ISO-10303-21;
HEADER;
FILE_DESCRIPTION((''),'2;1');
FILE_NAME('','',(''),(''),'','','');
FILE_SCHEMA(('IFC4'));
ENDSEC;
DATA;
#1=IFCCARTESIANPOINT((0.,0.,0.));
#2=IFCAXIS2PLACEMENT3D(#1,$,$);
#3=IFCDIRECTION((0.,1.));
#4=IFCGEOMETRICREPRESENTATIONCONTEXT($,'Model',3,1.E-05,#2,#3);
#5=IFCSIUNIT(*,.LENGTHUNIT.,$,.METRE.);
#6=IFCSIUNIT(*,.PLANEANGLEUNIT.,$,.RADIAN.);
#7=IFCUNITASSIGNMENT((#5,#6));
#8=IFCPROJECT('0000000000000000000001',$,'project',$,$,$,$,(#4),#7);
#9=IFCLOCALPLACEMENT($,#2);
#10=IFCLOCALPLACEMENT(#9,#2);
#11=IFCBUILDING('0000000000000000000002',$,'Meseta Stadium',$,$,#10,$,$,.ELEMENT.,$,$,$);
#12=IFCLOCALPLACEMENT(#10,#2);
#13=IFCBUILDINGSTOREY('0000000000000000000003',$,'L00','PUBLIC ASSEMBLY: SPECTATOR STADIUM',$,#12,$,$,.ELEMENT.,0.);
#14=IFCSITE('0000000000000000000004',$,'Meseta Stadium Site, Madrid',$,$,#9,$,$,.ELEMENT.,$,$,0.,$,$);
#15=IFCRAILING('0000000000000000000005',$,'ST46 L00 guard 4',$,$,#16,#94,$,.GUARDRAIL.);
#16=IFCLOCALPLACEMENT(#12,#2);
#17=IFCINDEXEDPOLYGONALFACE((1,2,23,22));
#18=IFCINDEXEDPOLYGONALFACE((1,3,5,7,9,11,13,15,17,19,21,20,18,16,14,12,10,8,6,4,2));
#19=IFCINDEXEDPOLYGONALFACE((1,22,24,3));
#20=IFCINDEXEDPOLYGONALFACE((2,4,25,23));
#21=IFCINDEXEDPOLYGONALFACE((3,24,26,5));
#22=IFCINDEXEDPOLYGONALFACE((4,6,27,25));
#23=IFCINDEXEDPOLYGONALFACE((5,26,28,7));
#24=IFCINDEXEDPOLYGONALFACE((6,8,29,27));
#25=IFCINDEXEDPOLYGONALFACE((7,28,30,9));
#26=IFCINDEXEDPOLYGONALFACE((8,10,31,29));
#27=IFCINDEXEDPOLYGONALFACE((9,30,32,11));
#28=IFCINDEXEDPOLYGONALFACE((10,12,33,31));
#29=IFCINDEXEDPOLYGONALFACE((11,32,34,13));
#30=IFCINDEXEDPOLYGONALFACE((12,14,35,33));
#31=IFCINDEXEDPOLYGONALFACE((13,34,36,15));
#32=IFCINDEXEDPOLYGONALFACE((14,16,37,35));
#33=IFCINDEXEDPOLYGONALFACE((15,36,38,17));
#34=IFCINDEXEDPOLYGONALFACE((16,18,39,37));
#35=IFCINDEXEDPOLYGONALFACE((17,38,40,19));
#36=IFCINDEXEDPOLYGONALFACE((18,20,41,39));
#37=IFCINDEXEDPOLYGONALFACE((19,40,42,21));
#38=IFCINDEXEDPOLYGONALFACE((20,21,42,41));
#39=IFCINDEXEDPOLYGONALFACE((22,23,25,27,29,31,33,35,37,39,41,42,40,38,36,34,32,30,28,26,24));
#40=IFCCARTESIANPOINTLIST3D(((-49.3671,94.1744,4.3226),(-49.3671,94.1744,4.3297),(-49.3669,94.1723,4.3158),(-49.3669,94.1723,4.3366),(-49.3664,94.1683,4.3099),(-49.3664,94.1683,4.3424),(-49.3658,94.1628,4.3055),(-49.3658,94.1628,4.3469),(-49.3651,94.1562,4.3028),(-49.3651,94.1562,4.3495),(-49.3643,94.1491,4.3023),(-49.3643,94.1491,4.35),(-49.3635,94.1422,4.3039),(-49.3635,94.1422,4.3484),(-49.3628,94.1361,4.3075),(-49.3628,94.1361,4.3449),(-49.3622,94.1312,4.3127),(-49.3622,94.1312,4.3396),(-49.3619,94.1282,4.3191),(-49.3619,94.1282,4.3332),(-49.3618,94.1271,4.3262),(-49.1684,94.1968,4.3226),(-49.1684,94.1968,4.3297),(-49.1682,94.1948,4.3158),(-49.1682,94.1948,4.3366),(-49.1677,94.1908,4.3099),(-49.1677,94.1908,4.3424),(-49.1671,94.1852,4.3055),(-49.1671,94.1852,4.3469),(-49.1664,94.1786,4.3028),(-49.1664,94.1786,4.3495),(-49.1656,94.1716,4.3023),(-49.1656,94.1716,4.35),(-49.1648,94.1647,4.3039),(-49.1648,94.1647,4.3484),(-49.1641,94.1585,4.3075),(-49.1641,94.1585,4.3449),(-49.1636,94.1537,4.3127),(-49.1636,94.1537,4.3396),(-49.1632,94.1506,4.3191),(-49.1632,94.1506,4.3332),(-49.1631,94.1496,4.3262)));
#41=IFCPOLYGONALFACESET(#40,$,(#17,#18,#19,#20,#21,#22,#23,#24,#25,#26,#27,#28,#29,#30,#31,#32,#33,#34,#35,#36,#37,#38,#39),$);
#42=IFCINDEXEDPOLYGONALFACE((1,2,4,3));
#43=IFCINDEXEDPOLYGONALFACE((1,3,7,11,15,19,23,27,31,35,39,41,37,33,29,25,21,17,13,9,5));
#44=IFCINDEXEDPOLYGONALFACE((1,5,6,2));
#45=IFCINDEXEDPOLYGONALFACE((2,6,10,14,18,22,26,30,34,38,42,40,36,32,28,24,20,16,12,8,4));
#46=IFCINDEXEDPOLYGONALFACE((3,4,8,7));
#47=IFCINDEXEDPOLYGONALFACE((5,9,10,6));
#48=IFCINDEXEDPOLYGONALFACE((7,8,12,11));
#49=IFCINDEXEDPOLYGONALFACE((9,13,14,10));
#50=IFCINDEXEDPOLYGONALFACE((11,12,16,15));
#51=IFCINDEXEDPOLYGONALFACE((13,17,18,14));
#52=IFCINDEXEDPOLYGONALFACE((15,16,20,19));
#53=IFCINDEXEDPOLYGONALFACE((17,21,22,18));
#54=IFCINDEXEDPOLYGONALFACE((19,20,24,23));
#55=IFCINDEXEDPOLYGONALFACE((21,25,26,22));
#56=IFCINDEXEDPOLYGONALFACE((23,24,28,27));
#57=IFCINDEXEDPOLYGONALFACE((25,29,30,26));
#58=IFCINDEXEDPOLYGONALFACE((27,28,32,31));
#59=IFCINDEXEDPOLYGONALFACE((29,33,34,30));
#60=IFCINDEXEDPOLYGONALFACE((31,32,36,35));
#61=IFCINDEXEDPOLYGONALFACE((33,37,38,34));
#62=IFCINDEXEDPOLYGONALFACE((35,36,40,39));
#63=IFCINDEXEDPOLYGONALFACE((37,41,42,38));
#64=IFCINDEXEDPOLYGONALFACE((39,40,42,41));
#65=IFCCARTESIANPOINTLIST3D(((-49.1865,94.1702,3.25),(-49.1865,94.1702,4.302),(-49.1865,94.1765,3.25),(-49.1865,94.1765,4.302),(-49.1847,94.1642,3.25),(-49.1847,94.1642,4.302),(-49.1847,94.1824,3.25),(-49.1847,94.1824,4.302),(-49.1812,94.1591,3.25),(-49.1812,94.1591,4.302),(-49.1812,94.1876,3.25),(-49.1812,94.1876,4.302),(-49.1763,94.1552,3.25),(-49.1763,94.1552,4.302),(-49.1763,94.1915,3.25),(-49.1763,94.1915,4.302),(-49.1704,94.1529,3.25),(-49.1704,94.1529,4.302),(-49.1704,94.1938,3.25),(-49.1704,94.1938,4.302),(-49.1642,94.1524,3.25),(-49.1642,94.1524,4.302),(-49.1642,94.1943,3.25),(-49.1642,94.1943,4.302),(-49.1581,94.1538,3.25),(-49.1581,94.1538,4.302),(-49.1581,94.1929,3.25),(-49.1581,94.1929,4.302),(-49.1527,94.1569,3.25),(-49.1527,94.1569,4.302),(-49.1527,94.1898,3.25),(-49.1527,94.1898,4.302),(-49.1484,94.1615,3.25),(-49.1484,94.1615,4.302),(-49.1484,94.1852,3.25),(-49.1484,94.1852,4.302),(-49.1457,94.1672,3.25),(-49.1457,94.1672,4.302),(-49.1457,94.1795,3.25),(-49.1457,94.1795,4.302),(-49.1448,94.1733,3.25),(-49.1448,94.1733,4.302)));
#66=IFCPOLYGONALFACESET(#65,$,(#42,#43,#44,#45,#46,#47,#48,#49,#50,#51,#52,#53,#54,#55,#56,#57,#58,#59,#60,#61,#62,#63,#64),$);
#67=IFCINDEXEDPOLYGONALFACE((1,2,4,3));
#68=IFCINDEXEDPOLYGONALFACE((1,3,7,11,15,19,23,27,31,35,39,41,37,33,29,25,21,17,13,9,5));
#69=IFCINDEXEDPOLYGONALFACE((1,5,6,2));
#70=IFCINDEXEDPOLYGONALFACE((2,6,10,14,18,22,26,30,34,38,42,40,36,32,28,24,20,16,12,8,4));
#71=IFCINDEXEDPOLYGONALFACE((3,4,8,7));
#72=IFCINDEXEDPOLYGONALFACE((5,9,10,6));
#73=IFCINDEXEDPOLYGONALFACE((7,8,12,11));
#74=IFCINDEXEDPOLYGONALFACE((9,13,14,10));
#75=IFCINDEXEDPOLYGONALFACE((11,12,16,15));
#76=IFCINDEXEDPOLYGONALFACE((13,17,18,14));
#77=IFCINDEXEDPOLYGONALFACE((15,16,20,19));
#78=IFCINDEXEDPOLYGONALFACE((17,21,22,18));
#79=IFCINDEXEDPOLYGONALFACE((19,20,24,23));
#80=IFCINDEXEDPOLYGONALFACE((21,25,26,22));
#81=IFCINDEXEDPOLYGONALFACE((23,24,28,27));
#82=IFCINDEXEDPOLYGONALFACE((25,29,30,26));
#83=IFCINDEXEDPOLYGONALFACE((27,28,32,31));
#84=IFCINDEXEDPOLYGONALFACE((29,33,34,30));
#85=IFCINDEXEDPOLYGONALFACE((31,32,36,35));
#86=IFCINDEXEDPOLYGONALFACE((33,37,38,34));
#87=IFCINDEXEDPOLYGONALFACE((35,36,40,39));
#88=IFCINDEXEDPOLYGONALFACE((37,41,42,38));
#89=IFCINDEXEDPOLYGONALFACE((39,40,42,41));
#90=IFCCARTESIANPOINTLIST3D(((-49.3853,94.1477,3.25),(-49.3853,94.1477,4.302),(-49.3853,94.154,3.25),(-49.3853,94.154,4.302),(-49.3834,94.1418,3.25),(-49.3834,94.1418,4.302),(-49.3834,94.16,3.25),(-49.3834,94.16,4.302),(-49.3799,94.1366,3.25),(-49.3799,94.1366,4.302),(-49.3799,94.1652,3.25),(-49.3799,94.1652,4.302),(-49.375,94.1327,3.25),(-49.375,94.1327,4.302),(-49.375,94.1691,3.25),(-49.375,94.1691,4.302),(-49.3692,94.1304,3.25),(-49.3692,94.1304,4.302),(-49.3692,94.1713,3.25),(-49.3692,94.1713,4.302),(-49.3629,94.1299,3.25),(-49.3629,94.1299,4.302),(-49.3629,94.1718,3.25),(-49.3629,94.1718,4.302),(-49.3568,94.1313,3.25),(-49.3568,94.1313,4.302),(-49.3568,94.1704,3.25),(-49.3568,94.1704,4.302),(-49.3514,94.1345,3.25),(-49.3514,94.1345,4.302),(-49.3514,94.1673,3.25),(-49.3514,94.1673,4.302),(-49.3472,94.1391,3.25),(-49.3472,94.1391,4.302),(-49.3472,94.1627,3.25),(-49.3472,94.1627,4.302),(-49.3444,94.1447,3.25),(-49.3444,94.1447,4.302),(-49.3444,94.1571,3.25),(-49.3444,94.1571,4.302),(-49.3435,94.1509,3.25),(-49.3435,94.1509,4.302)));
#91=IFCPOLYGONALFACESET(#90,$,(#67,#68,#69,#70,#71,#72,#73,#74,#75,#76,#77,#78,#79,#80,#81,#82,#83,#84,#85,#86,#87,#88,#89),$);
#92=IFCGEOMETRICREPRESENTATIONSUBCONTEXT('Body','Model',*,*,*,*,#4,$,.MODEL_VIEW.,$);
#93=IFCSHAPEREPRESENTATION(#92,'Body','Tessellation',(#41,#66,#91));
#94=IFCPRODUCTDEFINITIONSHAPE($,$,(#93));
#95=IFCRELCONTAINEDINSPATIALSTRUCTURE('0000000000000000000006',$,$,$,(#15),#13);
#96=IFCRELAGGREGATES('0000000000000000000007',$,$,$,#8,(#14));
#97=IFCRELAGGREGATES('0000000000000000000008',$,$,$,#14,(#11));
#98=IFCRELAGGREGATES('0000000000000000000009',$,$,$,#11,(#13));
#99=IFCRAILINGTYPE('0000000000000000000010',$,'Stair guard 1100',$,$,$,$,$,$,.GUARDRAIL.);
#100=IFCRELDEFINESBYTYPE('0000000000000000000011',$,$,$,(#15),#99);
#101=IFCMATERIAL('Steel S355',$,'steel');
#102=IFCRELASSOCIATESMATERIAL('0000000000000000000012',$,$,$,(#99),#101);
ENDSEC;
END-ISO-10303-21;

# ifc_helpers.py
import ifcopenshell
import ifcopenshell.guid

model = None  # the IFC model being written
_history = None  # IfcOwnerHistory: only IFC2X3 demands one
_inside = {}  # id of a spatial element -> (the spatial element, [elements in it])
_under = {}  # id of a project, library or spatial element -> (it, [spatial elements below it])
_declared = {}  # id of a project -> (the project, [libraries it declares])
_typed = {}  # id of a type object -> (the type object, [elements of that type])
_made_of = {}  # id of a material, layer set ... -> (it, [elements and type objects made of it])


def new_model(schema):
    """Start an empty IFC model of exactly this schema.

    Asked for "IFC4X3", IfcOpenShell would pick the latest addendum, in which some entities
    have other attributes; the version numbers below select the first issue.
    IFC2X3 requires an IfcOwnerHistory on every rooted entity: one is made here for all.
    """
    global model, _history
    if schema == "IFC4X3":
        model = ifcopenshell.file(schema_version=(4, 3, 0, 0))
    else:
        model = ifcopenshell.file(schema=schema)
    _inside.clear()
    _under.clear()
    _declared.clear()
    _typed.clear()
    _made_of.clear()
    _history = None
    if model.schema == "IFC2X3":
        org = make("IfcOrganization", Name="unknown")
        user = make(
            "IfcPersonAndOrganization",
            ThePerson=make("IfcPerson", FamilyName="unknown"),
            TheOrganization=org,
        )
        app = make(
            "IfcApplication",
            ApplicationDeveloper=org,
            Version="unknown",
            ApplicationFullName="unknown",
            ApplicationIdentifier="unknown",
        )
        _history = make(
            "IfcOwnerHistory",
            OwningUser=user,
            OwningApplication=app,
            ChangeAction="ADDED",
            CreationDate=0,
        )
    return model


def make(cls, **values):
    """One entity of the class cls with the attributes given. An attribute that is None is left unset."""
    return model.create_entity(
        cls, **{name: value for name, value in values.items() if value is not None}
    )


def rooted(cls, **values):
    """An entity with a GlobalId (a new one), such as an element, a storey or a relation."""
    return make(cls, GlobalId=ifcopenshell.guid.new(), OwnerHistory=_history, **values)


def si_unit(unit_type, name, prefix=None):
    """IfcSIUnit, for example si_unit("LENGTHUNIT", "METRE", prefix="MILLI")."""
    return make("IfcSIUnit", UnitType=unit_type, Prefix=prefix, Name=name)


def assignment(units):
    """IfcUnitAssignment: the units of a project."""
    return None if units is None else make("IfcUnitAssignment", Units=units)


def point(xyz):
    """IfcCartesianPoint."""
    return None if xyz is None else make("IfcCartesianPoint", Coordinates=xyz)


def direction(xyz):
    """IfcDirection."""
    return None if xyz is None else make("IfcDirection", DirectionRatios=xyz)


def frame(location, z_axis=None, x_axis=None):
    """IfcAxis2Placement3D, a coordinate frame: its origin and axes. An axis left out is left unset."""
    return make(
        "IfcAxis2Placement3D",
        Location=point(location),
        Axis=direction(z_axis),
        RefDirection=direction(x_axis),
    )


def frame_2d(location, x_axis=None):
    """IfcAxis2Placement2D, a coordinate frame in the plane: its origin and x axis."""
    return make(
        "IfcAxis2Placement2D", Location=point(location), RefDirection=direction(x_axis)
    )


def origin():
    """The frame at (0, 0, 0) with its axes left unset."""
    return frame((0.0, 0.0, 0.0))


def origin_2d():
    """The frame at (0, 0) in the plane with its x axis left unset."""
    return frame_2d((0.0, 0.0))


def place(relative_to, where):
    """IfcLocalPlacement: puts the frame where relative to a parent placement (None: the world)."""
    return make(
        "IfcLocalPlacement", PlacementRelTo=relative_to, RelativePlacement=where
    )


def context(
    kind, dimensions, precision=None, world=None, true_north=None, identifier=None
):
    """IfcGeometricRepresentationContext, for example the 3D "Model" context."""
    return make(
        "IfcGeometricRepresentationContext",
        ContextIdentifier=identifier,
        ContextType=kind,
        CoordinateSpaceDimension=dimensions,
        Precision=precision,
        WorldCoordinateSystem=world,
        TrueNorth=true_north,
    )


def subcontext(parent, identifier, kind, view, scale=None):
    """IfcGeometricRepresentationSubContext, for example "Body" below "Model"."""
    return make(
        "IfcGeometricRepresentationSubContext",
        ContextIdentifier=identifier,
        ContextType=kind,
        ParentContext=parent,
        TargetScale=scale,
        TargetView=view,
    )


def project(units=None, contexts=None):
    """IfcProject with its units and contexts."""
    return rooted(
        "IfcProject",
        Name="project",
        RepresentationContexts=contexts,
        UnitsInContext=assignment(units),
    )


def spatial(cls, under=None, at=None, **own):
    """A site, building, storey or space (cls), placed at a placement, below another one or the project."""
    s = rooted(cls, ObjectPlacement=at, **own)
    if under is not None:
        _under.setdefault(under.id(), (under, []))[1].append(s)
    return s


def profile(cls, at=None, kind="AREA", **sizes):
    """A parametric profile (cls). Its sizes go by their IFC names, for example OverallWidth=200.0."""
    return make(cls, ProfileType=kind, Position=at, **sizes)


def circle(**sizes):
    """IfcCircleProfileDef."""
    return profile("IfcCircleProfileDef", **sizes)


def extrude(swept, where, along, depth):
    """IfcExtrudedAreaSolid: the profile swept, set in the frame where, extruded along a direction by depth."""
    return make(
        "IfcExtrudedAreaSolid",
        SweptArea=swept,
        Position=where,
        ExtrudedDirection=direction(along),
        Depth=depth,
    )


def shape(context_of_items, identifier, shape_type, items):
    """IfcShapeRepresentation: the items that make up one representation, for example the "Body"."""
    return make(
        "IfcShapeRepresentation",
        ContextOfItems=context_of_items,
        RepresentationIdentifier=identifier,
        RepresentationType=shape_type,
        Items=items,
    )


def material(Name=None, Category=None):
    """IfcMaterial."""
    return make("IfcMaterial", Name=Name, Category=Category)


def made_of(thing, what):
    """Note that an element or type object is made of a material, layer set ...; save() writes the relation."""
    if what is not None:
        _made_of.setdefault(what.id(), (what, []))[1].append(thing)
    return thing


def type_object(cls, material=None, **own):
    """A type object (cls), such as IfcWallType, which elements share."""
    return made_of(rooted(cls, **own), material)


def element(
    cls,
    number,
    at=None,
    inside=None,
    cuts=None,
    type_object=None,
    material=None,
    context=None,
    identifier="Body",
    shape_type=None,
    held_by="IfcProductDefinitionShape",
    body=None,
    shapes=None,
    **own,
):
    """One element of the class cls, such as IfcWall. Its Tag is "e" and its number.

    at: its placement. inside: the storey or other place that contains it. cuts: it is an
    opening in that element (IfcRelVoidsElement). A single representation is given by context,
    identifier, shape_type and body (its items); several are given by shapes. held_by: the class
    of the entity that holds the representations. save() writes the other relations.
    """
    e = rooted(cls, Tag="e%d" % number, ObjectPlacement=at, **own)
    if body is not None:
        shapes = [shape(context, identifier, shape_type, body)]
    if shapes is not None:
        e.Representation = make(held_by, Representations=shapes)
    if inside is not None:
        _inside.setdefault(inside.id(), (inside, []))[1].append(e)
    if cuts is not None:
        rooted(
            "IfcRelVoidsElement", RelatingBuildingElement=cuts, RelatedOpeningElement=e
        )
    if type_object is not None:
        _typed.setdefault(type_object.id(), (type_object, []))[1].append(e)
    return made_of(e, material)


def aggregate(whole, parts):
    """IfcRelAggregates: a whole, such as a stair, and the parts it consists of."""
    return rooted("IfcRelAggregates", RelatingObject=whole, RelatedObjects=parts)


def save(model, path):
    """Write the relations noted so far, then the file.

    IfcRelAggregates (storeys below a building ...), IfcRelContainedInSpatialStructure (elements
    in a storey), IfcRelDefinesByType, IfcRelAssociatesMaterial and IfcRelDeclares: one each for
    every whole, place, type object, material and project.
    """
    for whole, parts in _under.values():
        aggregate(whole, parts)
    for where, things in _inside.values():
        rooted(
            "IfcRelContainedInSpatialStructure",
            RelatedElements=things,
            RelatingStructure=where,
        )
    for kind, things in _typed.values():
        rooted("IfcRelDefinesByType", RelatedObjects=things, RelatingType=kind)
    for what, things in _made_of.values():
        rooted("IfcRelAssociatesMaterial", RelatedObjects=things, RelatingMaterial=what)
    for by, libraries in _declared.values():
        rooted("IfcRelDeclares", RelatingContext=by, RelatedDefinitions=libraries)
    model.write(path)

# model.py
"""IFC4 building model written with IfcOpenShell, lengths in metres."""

from ifc_helpers import new_model, si_unit, direction, frame, origin, origin_2d, place, context, subcontext, project, spatial, circle, extrude, material, type_object, element, save


model = new_model("IFC4")

# Units and contexts
model_context = context("Model", 3, precision=1e-05, world=origin(), true_north=direction((0.0, 1.0)))
body_context = subcontext(model_context, "Body", "Model", "MODEL_VIEW")
ifc_project = project(units=[si_unit("LENGTHUNIT", "METRE"), si_unit("PLANEANGLEUNIT", "RADIAN")], contexts=[model_context])

# Site, building, storey
site_placement = place(None, origin())
site = spatial("IfcSite", under=ifc_project, at=site_placement, Name="Meseta Stadium Site, Madrid", CompositionType="ELEMENT", RefElevation=0.0)
building_placement = place(site_placement, origin())
building = spatial("IfcBuilding", under=site, at=building_placement, Name="Meseta Stadium", CompositionType="ELEMENT")
storey_placement = place(building_placement, origin())
storey = spatial("IfcBuildingStorey", under=building, at=storey_placement, Name="L00", Description="PUBLIC ASSEMBLY: SPECTATOR STADIUM", CompositionType="ELEMENT", Elevation=0.0)

# Railing
ifc_material_1 = material(Name="Steel S355", Category="steel")
railing_type_1 = type_object("IfcRailingType", Name="Stair guard 1100", PredefinedType="GUARDRAIL", material=ifc_material_1)
railing_1_placement = place(storey_placement, frame((-49.1658, 94.1733, 3.25)))
element("IfcRailing", 1, at=railing_1_placement, inside=storey, type_object=railing_type_1, Name="ST46 L00 guard 4", PredefinedType="GUARDRAIL", context=body_context, shape_type="SweptSolid", body=[
    extrude(circle(Radius=0.0239, at=origin_2d()), frame((0.0, 0.0, 1.0762), z_axis=(-0.993674, -0.112307, 0.0), x_axis=(0.112307, -0.993674, 0.0)), (0.0, 0.0, 1.0), 0.2),
    extrude(circle(Radius=0.021, at=origin_2d()), origin(), (0.0, 0.0, 1.0), 1.052),
    extrude(circle(Radius=0.021, at=origin_2d()), frame((-0.1987, -0.0225, 0.0)), (0.0, 0.0, 1.0), 1.052),
])

save(model, "model.ifc")
